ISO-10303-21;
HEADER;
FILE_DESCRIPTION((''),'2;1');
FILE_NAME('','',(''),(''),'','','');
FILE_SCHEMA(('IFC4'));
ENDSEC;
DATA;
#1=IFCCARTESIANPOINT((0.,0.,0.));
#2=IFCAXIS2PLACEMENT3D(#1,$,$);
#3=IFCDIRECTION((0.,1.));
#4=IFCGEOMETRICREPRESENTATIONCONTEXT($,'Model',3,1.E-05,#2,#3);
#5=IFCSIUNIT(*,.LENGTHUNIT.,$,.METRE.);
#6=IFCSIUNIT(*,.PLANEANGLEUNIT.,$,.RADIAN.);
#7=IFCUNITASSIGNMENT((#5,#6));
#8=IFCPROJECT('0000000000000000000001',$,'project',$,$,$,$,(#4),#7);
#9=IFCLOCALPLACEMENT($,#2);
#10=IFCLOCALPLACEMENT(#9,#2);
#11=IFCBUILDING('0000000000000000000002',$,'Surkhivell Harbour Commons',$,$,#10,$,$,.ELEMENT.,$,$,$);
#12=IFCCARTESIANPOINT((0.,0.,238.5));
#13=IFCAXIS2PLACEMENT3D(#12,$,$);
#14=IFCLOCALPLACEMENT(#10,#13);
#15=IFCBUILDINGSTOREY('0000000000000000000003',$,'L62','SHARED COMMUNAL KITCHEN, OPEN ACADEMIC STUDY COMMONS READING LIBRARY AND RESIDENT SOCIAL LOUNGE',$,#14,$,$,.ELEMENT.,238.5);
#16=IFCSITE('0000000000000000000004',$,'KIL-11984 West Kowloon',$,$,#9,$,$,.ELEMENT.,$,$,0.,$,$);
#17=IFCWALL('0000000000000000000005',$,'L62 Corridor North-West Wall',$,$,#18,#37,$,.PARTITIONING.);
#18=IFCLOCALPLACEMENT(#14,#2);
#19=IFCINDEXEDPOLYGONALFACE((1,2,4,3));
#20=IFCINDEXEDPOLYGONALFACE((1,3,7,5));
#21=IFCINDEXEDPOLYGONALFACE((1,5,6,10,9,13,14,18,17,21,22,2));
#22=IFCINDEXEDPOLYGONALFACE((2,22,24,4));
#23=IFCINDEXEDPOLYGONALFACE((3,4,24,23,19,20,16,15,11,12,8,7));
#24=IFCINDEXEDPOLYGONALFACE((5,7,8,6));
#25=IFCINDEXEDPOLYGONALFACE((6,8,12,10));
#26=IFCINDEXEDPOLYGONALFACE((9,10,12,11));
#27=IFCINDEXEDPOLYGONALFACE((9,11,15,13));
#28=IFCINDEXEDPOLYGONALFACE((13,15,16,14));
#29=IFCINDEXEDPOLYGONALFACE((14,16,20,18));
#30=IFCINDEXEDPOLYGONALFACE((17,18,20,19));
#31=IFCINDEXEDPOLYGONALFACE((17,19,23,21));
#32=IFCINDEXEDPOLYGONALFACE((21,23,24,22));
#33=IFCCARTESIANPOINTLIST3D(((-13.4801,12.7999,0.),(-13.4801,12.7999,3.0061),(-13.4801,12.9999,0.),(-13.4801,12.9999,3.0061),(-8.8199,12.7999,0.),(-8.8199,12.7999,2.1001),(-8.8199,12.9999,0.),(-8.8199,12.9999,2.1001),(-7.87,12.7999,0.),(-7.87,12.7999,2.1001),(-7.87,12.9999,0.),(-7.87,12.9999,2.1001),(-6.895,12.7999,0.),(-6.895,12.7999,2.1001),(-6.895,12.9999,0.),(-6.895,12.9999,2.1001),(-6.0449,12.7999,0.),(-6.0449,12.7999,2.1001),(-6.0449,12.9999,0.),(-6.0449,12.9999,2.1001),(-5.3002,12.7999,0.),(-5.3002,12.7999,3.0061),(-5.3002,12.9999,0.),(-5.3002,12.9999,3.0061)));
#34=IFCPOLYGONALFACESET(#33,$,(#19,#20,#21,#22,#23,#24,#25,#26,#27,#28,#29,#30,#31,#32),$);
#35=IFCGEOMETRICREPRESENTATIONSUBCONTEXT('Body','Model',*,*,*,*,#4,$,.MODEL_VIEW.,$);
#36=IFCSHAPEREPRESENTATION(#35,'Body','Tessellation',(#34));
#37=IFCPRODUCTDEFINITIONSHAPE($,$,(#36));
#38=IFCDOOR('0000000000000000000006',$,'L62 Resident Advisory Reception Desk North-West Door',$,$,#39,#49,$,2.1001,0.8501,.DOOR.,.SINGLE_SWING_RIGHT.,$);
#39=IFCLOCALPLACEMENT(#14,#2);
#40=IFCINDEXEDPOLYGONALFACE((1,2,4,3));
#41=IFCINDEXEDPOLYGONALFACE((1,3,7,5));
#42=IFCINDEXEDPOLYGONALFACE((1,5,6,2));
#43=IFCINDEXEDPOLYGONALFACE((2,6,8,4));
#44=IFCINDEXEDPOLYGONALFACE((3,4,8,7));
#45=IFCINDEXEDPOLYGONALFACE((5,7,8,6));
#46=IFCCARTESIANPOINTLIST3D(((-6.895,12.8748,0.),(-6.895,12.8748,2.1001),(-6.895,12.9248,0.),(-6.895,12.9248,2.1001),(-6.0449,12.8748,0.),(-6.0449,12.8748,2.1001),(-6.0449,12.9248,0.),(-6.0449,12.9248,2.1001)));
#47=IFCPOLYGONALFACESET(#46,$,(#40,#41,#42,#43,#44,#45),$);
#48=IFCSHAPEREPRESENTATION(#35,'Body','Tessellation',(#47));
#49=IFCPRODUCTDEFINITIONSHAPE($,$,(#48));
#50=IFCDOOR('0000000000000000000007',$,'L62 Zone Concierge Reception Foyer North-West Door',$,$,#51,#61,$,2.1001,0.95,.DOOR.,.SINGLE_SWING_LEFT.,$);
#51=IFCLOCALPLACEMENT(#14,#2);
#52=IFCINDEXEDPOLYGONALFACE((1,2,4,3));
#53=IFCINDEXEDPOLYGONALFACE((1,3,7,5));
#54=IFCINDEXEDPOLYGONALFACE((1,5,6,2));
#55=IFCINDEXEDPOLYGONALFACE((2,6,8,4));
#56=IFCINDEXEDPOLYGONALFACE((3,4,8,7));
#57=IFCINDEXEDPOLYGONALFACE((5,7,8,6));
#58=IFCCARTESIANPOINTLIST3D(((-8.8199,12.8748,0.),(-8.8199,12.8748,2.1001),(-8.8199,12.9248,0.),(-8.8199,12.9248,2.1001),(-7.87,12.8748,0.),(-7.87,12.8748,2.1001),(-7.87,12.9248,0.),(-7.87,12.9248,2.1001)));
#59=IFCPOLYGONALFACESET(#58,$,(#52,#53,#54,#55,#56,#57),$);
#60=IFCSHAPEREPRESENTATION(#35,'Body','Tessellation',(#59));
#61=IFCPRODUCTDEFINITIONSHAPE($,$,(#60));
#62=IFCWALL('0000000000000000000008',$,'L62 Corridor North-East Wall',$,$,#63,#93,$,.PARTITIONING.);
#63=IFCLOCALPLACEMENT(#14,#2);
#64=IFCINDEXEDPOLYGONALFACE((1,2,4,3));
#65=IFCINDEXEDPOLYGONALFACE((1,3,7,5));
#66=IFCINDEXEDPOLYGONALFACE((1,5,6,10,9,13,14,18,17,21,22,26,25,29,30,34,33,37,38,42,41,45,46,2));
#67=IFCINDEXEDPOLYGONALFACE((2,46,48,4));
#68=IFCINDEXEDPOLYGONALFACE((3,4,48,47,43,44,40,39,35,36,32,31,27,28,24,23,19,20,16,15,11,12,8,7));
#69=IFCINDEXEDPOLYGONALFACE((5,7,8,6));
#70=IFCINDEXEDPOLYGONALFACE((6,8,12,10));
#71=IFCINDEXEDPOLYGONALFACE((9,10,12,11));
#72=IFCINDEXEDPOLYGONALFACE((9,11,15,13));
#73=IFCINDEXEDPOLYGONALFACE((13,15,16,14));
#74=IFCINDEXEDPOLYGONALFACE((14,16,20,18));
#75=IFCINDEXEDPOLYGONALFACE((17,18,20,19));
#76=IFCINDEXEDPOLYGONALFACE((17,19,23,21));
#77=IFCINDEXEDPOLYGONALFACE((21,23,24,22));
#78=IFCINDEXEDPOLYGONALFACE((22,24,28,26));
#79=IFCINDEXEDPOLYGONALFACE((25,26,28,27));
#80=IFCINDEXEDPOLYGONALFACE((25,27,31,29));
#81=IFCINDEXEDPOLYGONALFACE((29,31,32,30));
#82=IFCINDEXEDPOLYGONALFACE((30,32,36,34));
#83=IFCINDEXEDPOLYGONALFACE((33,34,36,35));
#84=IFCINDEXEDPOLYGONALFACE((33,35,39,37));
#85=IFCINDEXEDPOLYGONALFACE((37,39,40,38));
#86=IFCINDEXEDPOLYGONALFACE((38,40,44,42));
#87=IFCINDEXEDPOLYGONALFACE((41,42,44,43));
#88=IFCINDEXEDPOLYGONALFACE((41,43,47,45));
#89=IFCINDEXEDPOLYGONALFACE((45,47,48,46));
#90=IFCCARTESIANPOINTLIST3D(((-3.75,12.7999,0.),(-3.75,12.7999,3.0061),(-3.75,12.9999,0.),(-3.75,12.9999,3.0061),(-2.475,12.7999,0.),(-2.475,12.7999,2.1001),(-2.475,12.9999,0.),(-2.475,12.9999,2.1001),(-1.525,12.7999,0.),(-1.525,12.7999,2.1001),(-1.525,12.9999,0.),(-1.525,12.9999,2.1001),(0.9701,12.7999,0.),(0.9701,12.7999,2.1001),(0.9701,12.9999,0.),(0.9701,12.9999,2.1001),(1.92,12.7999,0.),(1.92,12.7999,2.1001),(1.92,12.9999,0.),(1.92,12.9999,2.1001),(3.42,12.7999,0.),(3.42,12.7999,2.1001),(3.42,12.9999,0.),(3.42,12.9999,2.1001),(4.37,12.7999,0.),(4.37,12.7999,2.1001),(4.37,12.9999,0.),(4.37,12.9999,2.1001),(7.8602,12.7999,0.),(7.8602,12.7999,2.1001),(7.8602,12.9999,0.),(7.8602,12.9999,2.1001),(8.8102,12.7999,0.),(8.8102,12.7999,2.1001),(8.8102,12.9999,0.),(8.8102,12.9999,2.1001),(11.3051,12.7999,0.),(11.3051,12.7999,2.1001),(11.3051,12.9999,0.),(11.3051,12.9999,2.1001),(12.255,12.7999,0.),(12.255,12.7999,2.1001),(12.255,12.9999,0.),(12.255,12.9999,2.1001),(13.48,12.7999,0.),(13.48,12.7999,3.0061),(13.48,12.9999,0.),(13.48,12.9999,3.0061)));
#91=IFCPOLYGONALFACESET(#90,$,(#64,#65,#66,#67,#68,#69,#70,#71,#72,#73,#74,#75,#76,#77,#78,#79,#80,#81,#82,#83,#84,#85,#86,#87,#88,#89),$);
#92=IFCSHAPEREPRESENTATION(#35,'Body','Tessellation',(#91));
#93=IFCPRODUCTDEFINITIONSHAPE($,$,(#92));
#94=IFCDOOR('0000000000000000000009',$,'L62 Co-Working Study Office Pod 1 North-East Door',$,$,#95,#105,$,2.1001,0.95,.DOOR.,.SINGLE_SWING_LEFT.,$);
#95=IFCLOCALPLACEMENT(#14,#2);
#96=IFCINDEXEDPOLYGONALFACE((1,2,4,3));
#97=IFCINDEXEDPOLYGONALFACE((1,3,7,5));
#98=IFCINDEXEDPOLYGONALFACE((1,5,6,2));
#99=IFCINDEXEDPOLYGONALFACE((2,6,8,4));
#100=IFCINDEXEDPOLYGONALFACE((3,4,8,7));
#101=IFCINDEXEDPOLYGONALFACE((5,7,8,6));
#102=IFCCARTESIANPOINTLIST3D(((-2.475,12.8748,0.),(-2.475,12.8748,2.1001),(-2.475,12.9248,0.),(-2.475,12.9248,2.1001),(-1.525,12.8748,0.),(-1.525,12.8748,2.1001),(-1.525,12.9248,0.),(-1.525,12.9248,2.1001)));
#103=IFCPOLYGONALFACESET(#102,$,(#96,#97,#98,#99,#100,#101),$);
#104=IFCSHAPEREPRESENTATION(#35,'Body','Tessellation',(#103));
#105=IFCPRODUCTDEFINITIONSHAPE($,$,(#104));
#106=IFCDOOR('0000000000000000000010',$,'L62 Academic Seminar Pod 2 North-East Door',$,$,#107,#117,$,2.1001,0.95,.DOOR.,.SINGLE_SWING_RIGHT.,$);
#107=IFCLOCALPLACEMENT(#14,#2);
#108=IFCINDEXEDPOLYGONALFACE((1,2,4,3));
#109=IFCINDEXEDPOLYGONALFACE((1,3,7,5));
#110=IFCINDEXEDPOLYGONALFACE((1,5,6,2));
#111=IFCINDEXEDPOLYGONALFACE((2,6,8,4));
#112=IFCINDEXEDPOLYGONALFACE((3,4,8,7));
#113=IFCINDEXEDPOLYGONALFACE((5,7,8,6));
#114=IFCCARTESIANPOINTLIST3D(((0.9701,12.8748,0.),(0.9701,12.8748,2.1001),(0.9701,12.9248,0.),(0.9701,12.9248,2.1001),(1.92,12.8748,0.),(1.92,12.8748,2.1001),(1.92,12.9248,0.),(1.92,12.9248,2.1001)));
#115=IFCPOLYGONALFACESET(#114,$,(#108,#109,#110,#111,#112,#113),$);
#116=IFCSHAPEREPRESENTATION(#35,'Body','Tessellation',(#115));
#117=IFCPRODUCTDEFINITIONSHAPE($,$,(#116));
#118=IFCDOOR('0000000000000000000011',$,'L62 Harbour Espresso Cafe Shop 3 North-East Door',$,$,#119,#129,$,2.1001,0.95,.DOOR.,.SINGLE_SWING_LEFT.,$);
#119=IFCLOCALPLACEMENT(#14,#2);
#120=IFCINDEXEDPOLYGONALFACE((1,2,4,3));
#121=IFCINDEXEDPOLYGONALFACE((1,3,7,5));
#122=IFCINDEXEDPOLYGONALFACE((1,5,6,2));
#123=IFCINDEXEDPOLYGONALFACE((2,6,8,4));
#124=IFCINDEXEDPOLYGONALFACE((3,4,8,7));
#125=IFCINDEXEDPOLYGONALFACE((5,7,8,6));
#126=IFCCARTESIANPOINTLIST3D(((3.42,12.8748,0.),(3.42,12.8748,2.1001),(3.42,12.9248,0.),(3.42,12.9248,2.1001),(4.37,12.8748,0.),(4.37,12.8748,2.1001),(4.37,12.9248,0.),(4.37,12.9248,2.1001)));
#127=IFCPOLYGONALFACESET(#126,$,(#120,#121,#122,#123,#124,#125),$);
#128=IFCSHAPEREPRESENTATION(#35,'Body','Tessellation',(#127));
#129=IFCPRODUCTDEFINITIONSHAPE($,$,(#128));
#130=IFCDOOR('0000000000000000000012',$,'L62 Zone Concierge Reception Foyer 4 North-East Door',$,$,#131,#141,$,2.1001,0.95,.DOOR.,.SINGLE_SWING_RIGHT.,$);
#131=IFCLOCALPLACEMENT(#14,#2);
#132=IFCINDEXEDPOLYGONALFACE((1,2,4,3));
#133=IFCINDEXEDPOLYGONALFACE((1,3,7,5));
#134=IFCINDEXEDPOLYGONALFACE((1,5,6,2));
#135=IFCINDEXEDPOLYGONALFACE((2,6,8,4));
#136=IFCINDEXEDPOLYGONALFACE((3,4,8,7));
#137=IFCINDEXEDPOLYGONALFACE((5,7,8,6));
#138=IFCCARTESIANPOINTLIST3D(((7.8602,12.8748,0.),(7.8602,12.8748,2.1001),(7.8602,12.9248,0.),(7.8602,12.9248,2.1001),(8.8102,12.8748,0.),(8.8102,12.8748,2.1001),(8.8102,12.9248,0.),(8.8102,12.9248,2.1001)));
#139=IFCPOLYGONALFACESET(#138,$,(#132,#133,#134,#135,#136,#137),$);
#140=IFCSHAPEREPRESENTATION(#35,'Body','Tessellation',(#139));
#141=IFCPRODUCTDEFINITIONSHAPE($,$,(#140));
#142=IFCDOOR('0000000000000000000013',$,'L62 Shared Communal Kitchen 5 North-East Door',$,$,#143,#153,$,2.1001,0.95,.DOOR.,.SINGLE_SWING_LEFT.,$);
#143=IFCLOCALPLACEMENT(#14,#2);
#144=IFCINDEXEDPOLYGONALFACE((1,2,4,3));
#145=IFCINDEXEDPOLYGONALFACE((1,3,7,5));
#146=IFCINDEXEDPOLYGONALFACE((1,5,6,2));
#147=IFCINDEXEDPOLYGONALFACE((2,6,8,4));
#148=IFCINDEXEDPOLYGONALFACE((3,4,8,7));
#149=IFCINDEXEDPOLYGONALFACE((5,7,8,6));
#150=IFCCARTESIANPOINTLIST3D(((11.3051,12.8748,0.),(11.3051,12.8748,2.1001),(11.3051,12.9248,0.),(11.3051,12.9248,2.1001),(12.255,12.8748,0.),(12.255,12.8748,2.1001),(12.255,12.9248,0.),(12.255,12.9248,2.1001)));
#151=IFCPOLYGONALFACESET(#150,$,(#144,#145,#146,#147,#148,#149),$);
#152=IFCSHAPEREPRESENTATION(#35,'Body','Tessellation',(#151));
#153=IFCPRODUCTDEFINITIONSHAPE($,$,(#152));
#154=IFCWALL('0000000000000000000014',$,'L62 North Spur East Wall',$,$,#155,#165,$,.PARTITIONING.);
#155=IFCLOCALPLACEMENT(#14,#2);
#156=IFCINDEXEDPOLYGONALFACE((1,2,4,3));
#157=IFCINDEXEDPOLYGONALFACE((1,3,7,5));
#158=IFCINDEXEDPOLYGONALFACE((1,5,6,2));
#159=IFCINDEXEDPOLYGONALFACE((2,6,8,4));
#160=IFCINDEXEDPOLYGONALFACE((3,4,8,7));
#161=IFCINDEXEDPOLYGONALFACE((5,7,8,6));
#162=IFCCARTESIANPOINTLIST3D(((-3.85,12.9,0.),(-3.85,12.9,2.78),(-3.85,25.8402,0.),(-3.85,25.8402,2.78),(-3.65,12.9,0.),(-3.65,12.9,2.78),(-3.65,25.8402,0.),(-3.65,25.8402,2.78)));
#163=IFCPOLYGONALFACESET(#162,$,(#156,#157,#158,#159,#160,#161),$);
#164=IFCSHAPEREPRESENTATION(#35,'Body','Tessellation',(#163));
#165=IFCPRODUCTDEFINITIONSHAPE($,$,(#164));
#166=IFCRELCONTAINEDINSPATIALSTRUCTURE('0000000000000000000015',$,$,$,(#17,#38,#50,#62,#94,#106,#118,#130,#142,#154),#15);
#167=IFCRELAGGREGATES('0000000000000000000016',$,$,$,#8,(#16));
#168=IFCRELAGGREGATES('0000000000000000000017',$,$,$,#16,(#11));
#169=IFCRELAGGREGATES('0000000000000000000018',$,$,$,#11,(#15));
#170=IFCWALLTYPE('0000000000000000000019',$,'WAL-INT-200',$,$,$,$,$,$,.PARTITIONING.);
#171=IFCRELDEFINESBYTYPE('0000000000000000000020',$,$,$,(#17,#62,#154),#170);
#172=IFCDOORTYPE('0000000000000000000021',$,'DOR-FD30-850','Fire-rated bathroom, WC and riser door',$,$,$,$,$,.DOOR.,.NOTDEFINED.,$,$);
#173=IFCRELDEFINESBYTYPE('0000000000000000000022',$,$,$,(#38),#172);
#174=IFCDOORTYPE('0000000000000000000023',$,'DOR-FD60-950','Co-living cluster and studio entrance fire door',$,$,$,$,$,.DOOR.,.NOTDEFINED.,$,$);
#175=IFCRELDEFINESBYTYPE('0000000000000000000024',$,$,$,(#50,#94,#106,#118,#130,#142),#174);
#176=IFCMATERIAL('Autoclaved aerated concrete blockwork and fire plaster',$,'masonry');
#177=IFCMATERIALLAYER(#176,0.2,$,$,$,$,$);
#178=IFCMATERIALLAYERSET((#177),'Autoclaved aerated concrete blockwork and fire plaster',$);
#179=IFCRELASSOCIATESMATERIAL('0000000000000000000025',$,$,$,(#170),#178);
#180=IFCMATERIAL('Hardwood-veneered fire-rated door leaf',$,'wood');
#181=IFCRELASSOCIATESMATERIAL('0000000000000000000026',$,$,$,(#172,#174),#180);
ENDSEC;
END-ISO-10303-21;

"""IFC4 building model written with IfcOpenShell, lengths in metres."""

from ifc_helpers import new_model, si_unit, direction, frame, frame_2d, origin, place, context, subcontext, project, spatial, rectangle, extrude, material, layer, layer_set, type_object, element, fill, save


model = new_model("IFC4")

# Units and contexts
model_context = context("Model", 3, precision=1e-05, world=origin(), true_north=direction((0.0, 1.0)))
body_context = subcontext(model_context, "Body", "Model", "MODEL_VIEW")
ifc_project = project(units=[si_unit("LENGTHUNIT", "METRE"), si_unit("PLANEANGLEUNIT", "RADIAN")], contexts=[model_context])

# Site, building, storey
site_placement = place(None, origin())
site = spatial("IfcSite", under=ifc_project, at=site_placement, Name="KIL-11984 West Kowloon", CompositionType="ELEMENT", RefElevation=0.0)
building_placement = place(site_placement, origin())
building = spatial("IfcBuilding", under=site, at=building_placement, Name="Surkhivell Harbour Commons", CompositionType="ELEMENT")
storey_placement = place(building_placement, frame((0.0, 0.0, 238.5)))
storey = spatial("IfcBuildingStorey", under=building, at=storey_placement, Name="L62", Description="SHARED COMMUNAL KITCHEN, OPEN ACADEMIC STUDY COMMONS READING LIBRARY AND RESIDENT SOCIAL LOUNGE", CompositionType="ELEMENT", Elevation=238.5)

# Shared definitions
ifc_material_1 = material(Name="Hardwood-veneered fire-rated door leaf", Category="wood")

# Walls, openings, doors
ifc_material_2 = material(Name="Autoclaved aerated concrete blockwork and fire plaster", Category="masonry")
ifc_layer_1 = layer(ifc_material_2, 0.2)
ifc_layer_set_1 = layer_set([ifc_layer_1], Name="Autoclaved aerated concrete blockwork and fire plaster")
wall_type_1 = type_object("IfcWallType", Name="WAL-INT-200", PredefinedType="PARTITIONING", material=ifc_layer_set_1)
wall_1_placement = place(storey_placement, frame((-13.48, 12.8999, 0.0), z_axis=(0.0, 0.0, 1.0), x_axis=(1.0, 0.0, 0.0)))
wall_1 = element("IfcWall", 1, at=wall_1_placement, inside=storey, type_object=wall_type_1, Name="L62 Corridor North-West Wall", PredefinedType="PARTITIONING", context=body_context, shape_type="SweptSolid", body=[
    extrude(rectangle(XDim=8.1799, YDim=0.2, at=frame_2d((4.0898, 0.0))), origin(), (0.0, 0.0, 1.0), 3.0061),
])
opening_1_placement = place(wall_1_placement, frame((4.6599, 0.0, 0.0)))
opening_1 = element("IfcOpeningElement", 2, at=opening_1_placement, cuts=wall_1, PredefinedType="OPENING", context=body_context, shape_type="SweptSolid", body=[
    extrude(rectangle(XDim=0.95, YDim=2.1001, at=frame_2d((0.4751, 1.05))), frame((0.0, 0.1099, 0.0), z_axis=(0.0, -1.0, 0.0), x_axis=(1.0, 0.0, 0.0)), (0.0, 0.0, 1.0), 0.22),
])
opening_2_placement = place(wall_1_placement, frame((6.585, 0.0, 0.0)))
opening_2 = element("IfcOpeningElement", 3, at=opening_2_placement, cuts=wall_1, PredefinedType="OPENING", context=body_context, shape_type="SweptSolid", body=[
    extrude(rectangle(XDim=0.8501, YDim=2.1001, at=frame_2d((0.425, 1.05))), frame((0.0, 0.1099, 0.0), z_axis=(0.0, -1.0, 0.0), x_axis=(1.0, 0.0, 0.0)), (0.0, 0.0, 1.0), 0.22),
])
door_type_1 = type_object("IfcDoorType", Name="DOR-FD30-850", Description="Fire-rated bathroom, WC and riser door", OperationType="NOTDEFINED", PredefinedType="DOOR", material=ifc_material_1)
door_1_placement = place(opening_2_placement, origin())
door_1 = element("IfcDoor", 4, at=door_1_placement, inside=storey, type_object=door_type_1, Name="L62 Resident Advisory Reception Desk North-West Door", OperationType="SINGLE_SWING_RIGHT", OverallHeight=2.1001, OverallWidth=0.8501, PredefinedType="DOOR", context=body_context, shape_type="SweptSolid", body=[
    extrude(rectangle(XDim=0.8501, YDim=2.1001, at=frame_2d((0.425, 1.05))), frame((0.0, 0.0249, 0.0), z_axis=(0.0, -1.0, 0.0), x_axis=(1.0, 0.0, 0.0)), (0.0, 0.0, 1.0), 0.05),
])
fill(opening_2, door_1)
door_type_2 = type_object("IfcDoorType", Name="DOR-FD60-950", Description="Co-living cluster and studio entrance fire door", OperationType="NOTDEFINED", PredefinedType="DOOR", material=ifc_material_1)
door_2_placement = place(opening_1_placement, origin())
door_2 = element("IfcDoor", 5, at=door_2_placement, inside=storey, type_object=door_type_2, Name="L62 Zone Concierge Reception Foyer North-West Door", OperationType="SINGLE_SWING_LEFT", OverallHeight=2.1001, OverallWidth=0.95, PredefinedType="DOOR", context=body_context, shape_type="SweptSolid", body=[
    extrude(rectangle(XDim=0.95, YDim=2.1001, at=frame_2d((0.4751, 1.05))), frame((0.0, 0.0249, 0.0), z_axis=(0.0, -1.0, 0.0), x_axis=(1.0, 0.0, 0.0)), (0.0, 0.0, 1.0), 0.05),
])
fill(opening_1, door_2)
wall_2_placement = place(storey_placement, frame((-3.75, 12.8999, 0.0), z_axis=(0.0, 0.0, 1.0), x_axis=(1.0, 0.0, 0.0)))
wall_2 = element("IfcWall", 6, at=wall_2_placement, inside=storey, type_object=wall_type_1, Name="L62 Corridor North-East Wall", PredefinedType="PARTITIONING", context=body_context, shape_type="SweptSolid", body=[
    extrude(rectangle(XDim=17.23, YDim=0.2, at=frame_2d((8.615, 0.0))), origin(), (0.0, 0.0, 1.0), 3.0061),
])
opening_3_placement = place(wall_2_placement, frame((1.2749, 0.0, 0.0)))
opening_3 = element("IfcOpeningElement", 7, at=opening_3_placement, cuts=wall_2, PredefinedType="OPENING", context=body_context, shape_type="SweptSolid", body=[
    extrude(rectangle(XDim=0.95, YDim=2.1001, at=frame_2d((0.4751, 1.05))), frame((0.0, 0.1099, 0.0), z_axis=(0.0, -1.0, 0.0), x_axis=(1.0, 0.0, 0.0)), (0.0, 0.0, 1.0), 0.22),
])
opening_4_placement = place(wall_2_placement, frame((4.72, 0.0, 0.0)))
opening_4 = element("IfcOpeningElement", 8, at=opening_4_placement, cuts=wall_2, PredefinedType="OPENING", context=body_context, shape_type="SweptSolid", body=[
    extrude(rectangle(XDim=0.95, YDim=2.1001, at=frame_2d((0.4751, 1.05))), frame((0.0, 0.1099, 0.0), z_axis=(0.0, -1.0, 0.0), x_axis=(1.0, 0.0, 0.0)), (0.0, 0.0, 1.0), 0.22),
])
opening_5_placement = place(wall_2_placement, frame((7.1699, 0.0, 0.0)))
opening_5 = element("IfcOpeningElement", 9, at=opening_5_placement, cuts=wall_2, PredefinedType="OPENING", context=body_context, shape_type="SweptSolid", body=[
    extrude(rectangle(XDim=0.95, YDim=2.1001, at=frame_2d((0.4751, 1.05))), frame((0.0, 0.1099, 0.0), z_axis=(0.0, -1.0, 0.0), x_axis=(1.0, 0.0, 0.0)), (0.0, 0.0, 1.0), 0.22),
])
opening_6_placement = place(wall_2_placement, frame((11.6101, 0.0, 0.0)))
opening_6 = element("IfcOpeningElement", 10, at=opening_6_placement, cuts=wall_2, PredefinedType="OPENING", context=body_context, shape_type="SweptSolid", body=[
    extrude(rectangle(XDim=0.95, YDim=2.1001, at=frame_2d((0.4751, 1.05))), frame((0.0, 0.1099, 0.0), z_axis=(0.0, -1.0, 0.0), x_axis=(1.0, 0.0, 0.0)), (0.0, 0.0, 1.0), 0.22),
])
opening_7_placement = place(wall_2_placement, frame((15.0549, 0.0, 0.0)))
opening_7 = element("IfcOpeningElement", 11, at=opening_7_placement, cuts=wall_2, PredefinedType="OPENING", context=body_context, shape_type="SweptSolid", body=[
    extrude(rectangle(XDim=0.95, YDim=2.1001, at=frame_2d((0.4751, 1.05))), frame((0.0, 0.1099, 0.0), z_axis=(0.0, -1.0, 0.0), x_axis=(1.0, 0.0, 0.0)), (0.0, 0.0, 1.0), 0.22),
])
door_3_placement = place(opening_3_placement, origin())
door_3 = element("IfcDoor", 12, at=door_3_placement, inside=storey, type_object=door_type_2, Name="L62 Co-Working Study Office Pod 1 North-East Door", OperationType="SINGLE_SWING_LEFT", OverallHeight=2.1001, OverallWidth=0.95, PredefinedType="DOOR", context=body_context, shape_type="SweptSolid", body=[
    extrude(rectangle(XDim=0.95, YDim=2.1001, at=frame_2d((0.4751, 1.05))), frame((0.0, 0.0249, 0.0), z_axis=(0.0, -1.0, 0.0), x_axis=(1.0, 0.0, 0.0)), (0.0, 0.0, 1.0), 0.05),
])
fill(opening_3, door_3)
door_4_placement = place(opening_4_placement, origin())
door_4 = element("IfcDoor", 13, at=door_4_placement, inside=storey, type_object=door_type_2, Name="L62 Academic Seminar Pod 2 North-East Door", OperationType="SINGLE_SWING_RIGHT", OverallHeight=2.1001, OverallWidth=0.95, PredefinedType="DOOR", context=body_context, shape_type="SweptSolid", body=[
    extrude(rectangle(XDim=0.95, YDim=2.1001, at=frame_2d((0.4751, 1.05))), frame((0.0, 0.0249, 0.0), z_axis=(0.0, -1.0, 0.0), x_axis=(1.0, 0.0, 0.0)), (0.0, 0.0, 1.0), 0.05),
])
fill(opening_4, door_4)
door_5_placement = place(opening_5_placement, origin())
door_5 = element("IfcDoor", 14, at=door_5_placement, inside=storey, type_object=door_type_2, Name="L62 Harbour Espresso Cafe Shop 3 North-East Door", OperationType="SINGLE_SWING_LEFT", OverallHeight=2.1001, OverallWidth=0.95, PredefinedType="DOOR", context=body_context, shape_type="SweptSolid", body=[
    extrude(rectangle(XDim=0.95, YDim=2.1001, at=frame_2d((0.4751, 1.05))), frame((0.0, 0.0249, 0.0), z_axis=(0.0, -1.0, 0.0), x_axis=(1.0, 0.0, 0.0)), (0.0, 0.0, 1.0), 0.05),
])
fill(opening_5, door_5)
door_6_placement = place(opening_6_placement, origin())
door_6 = element("IfcDoor", 15, at=door_6_placement, inside=storey, type_object=door_type_2, Name="L62 Zone Concierge Reception Foyer 4 North-East Door", OperationType="SINGLE_SWING_RIGHT", OverallHeight=2.1001, OverallWidth=0.95, PredefinedType="DOOR", context=body_context, shape_type="SweptSolid", body=[
    extrude(rectangle(XDim=0.95, YDim=2.1001, at=frame_2d((0.4751, 1.05))), frame((0.0, 0.0249, 0.0), z_axis=(0.0, -1.0, 0.0), x_axis=(1.0, 0.0, 0.0)), (0.0, 0.0, 1.0), 0.05),
])
fill(opening_6, door_6)
door_7_placement = place(opening_7_placement, origin())
door_7 = element("IfcDoor", 16, at=door_7_placement, inside=storey, type_object=door_type_2, Name="L62 Shared Communal Kitchen 5 North-East Door", OperationType="SINGLE_SWING_LEFT", OverallHeight=2.1001, OverallWidth=0.95, PredefinedType="DOOR", context=body_context, shape_type="SweptSolid", body=[
    extrude(rectangle(XDim=0.95, YDim=2.1001, at=frame_2d((0.4751, 1.05))), frame((0.0, 0.0249, 0.0), z_axis=(0.0, -1.0, 0.0), x_axis=(1.0, 0.0, 0.0)), (0.0, 0.0, 1.0), 0.05),
])
fill(opening_7, door_7)

# Wall
for number, where, z_axis, x_axis, name in (
    (17, (-3.75, 12.8999, 0.0), (0.0, 0.0, 1.0), (0.0, 1.0, 0.0), "L62 North Spur East Wall"),
):
    element("IfcWall", number, at=place(storey_placement, frame(where, z_axis=z_axis, x_axis=x_axis)), inside=storey, type_object=wall_type_1, Name=name, PredefinedType="PARTITIONING", context=body_context, shape_type="SweptSolid", body=[
        extrude(rectangle(XDim=12.9402, YDim=0.2, at=frame_2d((6.4702, 0.0))), origin(), (0.0, 0.0, 1.0), 2.78),
    ])

save(model, "model.ifc")
